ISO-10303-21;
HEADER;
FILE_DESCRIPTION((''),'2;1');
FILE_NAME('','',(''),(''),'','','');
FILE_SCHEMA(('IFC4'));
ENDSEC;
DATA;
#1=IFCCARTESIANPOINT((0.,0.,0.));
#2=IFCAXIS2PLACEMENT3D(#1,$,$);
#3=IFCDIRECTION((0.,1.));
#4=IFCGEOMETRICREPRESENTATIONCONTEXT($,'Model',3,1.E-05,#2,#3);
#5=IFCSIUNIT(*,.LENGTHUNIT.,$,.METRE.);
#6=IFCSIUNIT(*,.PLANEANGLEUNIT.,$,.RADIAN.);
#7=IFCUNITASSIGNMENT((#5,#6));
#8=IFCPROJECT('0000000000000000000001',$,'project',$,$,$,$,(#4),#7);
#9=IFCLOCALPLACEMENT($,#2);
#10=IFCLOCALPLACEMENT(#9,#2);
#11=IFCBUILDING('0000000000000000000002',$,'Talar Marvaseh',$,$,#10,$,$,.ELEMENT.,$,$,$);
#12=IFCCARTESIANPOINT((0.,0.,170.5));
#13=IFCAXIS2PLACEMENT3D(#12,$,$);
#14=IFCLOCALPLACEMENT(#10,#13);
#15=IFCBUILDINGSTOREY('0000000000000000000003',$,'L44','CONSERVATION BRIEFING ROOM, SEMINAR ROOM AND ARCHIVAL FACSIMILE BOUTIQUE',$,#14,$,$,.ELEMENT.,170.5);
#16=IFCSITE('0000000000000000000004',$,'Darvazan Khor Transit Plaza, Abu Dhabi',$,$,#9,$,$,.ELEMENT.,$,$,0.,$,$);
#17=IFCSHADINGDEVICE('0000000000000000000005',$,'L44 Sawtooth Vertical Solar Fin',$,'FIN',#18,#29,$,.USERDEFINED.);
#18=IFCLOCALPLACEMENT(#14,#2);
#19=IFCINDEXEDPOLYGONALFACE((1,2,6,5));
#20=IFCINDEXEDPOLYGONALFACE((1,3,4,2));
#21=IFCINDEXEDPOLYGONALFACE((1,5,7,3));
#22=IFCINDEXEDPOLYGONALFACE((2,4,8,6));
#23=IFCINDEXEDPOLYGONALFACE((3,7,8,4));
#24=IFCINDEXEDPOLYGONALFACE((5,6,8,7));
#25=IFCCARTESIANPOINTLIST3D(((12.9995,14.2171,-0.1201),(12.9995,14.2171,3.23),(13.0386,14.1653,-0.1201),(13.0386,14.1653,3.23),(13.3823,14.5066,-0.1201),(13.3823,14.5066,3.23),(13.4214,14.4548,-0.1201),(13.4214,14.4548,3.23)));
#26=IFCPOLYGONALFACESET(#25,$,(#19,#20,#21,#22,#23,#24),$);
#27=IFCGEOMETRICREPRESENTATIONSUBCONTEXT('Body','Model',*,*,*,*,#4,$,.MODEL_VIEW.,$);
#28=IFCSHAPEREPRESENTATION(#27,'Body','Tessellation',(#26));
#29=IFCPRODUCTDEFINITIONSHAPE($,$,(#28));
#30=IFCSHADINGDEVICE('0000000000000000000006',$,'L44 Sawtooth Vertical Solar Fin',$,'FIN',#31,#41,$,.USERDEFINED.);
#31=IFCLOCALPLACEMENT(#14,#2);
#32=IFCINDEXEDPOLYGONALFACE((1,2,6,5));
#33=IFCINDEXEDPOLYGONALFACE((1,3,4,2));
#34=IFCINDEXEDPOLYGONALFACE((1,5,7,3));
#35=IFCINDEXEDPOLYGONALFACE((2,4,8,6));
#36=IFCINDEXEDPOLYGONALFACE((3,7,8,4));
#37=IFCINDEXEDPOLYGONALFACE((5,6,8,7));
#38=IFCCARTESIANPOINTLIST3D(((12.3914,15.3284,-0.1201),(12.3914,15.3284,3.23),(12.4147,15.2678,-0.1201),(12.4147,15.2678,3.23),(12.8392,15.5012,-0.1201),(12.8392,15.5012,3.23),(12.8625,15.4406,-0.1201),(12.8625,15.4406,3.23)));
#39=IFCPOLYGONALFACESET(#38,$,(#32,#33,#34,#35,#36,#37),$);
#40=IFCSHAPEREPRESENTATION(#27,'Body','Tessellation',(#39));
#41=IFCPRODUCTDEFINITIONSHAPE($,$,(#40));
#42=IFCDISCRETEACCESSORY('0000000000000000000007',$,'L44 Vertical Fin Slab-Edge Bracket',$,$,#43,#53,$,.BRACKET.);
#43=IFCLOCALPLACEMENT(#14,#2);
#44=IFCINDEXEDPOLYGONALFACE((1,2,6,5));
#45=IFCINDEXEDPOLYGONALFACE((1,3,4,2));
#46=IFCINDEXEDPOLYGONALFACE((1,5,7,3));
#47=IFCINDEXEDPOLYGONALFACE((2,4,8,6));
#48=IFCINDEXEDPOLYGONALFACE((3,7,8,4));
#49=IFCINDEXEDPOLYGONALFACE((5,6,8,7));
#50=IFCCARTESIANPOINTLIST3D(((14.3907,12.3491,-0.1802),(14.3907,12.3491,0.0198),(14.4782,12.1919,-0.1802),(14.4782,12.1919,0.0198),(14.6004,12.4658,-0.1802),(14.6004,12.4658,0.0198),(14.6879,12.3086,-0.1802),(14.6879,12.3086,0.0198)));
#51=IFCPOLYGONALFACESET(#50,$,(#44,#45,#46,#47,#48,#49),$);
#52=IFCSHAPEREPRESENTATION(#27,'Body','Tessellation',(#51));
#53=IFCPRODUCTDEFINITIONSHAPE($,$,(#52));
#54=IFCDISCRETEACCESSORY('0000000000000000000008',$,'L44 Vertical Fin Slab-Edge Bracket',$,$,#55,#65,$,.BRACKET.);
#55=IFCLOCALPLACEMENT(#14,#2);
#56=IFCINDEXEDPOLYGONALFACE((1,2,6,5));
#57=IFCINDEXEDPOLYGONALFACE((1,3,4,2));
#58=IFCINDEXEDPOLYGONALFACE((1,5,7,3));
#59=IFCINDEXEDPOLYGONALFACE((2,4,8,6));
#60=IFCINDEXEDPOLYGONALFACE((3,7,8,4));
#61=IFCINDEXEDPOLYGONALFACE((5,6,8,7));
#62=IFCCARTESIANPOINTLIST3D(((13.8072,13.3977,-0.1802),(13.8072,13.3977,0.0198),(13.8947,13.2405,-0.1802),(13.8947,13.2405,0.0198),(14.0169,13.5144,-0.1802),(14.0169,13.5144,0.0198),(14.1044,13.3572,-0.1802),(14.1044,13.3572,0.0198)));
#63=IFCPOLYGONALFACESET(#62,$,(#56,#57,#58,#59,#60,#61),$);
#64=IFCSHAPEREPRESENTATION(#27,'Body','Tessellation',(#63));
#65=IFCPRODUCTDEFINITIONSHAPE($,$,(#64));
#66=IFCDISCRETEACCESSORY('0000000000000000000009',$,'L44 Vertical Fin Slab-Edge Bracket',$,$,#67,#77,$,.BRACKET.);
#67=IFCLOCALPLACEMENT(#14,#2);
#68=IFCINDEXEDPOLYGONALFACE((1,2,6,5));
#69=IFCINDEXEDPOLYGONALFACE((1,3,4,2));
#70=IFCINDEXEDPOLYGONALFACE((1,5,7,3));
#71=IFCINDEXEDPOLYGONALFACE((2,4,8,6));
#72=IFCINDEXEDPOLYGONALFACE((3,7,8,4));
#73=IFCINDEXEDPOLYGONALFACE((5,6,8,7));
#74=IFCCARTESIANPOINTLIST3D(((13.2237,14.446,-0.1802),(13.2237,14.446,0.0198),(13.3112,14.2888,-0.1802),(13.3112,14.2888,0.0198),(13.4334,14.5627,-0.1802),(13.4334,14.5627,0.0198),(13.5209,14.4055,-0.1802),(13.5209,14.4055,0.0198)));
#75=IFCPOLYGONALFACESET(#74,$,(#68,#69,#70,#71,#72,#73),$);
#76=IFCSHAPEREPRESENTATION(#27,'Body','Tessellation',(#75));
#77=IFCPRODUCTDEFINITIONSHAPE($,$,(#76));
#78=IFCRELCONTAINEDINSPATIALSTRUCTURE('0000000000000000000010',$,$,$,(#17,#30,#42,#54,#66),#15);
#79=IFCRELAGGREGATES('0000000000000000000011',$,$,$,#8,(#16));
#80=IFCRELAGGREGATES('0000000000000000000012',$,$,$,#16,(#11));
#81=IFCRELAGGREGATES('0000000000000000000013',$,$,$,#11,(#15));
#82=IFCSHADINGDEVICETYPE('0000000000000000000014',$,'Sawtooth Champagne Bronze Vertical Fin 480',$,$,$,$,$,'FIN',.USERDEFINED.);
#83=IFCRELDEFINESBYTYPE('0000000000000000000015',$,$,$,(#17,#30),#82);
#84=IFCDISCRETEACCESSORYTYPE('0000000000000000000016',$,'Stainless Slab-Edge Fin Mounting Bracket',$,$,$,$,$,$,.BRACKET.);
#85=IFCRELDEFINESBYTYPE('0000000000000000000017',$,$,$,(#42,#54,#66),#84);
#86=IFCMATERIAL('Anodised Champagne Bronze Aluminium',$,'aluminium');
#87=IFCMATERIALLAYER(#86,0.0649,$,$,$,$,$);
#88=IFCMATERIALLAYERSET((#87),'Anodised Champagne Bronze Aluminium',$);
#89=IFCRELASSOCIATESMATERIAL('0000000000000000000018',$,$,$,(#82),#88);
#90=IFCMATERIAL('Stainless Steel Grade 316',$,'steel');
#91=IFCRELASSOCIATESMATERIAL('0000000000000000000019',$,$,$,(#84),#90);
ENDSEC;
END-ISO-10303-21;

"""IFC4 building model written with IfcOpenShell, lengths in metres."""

from ifc_helpers import new_model, si_unit, direction, frame, origin, origin_2d, place, context, subcontext, project, spatial, rectangle, extrude, source, transform, mapped, material, layer, layer_set, type_object, type_shapes, element, save


model = new_model("IFC4")

# Units and contexts
model_context = context("Model", 3, precision=1e-05, world=origin(), true_north=direction((0.0, 1.0)))
body_context = subcontext(model_context, "Body", "Model", "MODEL_VIEW")
ifc_project = project(units=[si_unit("LENGTHUNIT", "METRE"), si_unit("PLANEANGLEUNIT", "RADIAN")], contexts=[model_context])

# Site, building, storey
site_placement = place(None, origin())
site = spatial("IfcSite", under=ifc_project, at=site_placement, Name="Darvazan Khor Transit Plaza, Abu Dhabi", CompositionType="ELEMENT", RefElevation=0.0)
building_placement = place(site_placement, origin())
building = spatial("IfcBuilding", under=site, at=building_placement, Name="Talar Marvaseh", CompositionType="ELEMENT")
storey_placement = place(building_placement, frame((0.0, 0.0, 170.5)))
storey = spatial("IfcBuildingStorey", under=building, at=storey_placement, Name="L44", Description="CONSERVATION BRIEFING ROOM, SEMINAR ROOM AND ARCHIVAL FACSIMILE BOUTIQUE", CompositionType="ELEMENT", Elevation=170.5)

# Shading devices
ifc_material_1 = material(Name="Anodised Champagne Bronze Aluminium", Category="aluminium")
ifc_layer_1 = layer(ifc_material_1, 0.0649)
ifc_layer_set_1 = layer_set([ifc_layer_1], Name="Anodised Champagne Bronze Aluminium")
shading_device_type_1 = type_object("IfcShadingDeviceType", Name="Sawtooth Champagne Bronze Vertical Fin 480", ElementType="FIN", PredefinedType="USERDEFINED", material=ifc_layer_set_1)
shared_shape_1 = source(origin(), body_context, "Body", "SweptSolid", [
    extrude(rectangle(XDim=0.48, YDim=0.0649, at=origin_2d()), origin(), (0.0, 0.0, 1.0), 3.3501),
])
type_shapes(shading_device_type_1, [shared_shape_1])
for number, where, z_axis, x_axis, name in (
    (1, (13.2104, 14.3359, -0.1201), (0.0, 0.0, 1.0), (-0.797584, -0.603208, 0.0), "L44 Sawtooth Vertical Solar Fin"),
    (2, (12.627, 15.3845, -0.1201), (0.0, 0.0, 1.0), (-0.932954, -0.359997, 0.0), "L44 Sawtooth Vertical Solar Fin"),
):
    element("IfcShadingDevice", number, at=place(storey_placement, frame(where, z_axis=z_axis, x_axis=x_axis)), inside=storey, type_object=shading_device_type_1, Name=name, ObjectType="FIN", PredefinedType="USERDEFINED", context=body_context, shape_type="MappedRepresentation", body=[
        mapped(shared_shape_1, transform((0.0, 0.0, 0.0), x_axis=(1.0, 0.0, 0.0), y_axis=(0.0, 1.0, 0.0), z_axis=(0.0, 0.0, 1.0), scale=1.0)),
    ])

# Discrete accessories
ifc_material_2 = material(Name="Stainless Steel Grade 316", Category="steel")
discrete_accessory_type = type_object("IfcDiscreteAccessoryType", Name="Stainless Slab-Edge Fin Mounting Bracket", PredefinedType="BRACKET", material=ifc_material_2)
shared_shape_2 = source(origin(), body_context, "Body", "SweptSolid", [
    extrude(rectangle(XDim=0.24, YDim=0.1799, at=origin_2d()), origin(), (0.0, 0.0, 1.0), 0.2),
])
type_shapes(discrete_accessory_type, [shared_shape_2])
for number, where, z_axis, x_axis, name in (
    (3, (14.5393, 12.3289, -0.1802), (0.0, 0.0, 1.0), (-0.873772, -0.486335, 0.0), "L44 Vertical Fin Slab-Edge Bracket"),
    (4, (13.9558, 13.3774, -0.1802), (0.0, 0.0, 1.0), (-0.873772, -0.486335, 0.0), "L44 Vertical Fin Slab-Edge Bracket"),
    (5, (13.3723, 14.4258, -0.1802), (0.0, 0.0, 1.0), (-0.873772, -0.486335, 0.0), "L44 Vertical Fin Slab-Edge Bracket"),
):
    element("IfcDiscreteAccessory", number, at=place(storey_placement, frame(where, z_axis=z_axis, x_axis=x_axis)), inside=storey, type_object=discrete_accessory_type, Name=name, PredefinedType="BRACKET", context=body_context, shape_type="MappedRepresentation", body=[
        mapped(shared_shape_2, transform((0.0, 0.0, 0.0), x_axis=(1.0, 0.0, 0.0), y_axis=(0.0, 1.0, 0.0), z_axis=(0.0, 0.0, 1.0), scale=1.0)),
    ])

save(model, "model.ifc")
